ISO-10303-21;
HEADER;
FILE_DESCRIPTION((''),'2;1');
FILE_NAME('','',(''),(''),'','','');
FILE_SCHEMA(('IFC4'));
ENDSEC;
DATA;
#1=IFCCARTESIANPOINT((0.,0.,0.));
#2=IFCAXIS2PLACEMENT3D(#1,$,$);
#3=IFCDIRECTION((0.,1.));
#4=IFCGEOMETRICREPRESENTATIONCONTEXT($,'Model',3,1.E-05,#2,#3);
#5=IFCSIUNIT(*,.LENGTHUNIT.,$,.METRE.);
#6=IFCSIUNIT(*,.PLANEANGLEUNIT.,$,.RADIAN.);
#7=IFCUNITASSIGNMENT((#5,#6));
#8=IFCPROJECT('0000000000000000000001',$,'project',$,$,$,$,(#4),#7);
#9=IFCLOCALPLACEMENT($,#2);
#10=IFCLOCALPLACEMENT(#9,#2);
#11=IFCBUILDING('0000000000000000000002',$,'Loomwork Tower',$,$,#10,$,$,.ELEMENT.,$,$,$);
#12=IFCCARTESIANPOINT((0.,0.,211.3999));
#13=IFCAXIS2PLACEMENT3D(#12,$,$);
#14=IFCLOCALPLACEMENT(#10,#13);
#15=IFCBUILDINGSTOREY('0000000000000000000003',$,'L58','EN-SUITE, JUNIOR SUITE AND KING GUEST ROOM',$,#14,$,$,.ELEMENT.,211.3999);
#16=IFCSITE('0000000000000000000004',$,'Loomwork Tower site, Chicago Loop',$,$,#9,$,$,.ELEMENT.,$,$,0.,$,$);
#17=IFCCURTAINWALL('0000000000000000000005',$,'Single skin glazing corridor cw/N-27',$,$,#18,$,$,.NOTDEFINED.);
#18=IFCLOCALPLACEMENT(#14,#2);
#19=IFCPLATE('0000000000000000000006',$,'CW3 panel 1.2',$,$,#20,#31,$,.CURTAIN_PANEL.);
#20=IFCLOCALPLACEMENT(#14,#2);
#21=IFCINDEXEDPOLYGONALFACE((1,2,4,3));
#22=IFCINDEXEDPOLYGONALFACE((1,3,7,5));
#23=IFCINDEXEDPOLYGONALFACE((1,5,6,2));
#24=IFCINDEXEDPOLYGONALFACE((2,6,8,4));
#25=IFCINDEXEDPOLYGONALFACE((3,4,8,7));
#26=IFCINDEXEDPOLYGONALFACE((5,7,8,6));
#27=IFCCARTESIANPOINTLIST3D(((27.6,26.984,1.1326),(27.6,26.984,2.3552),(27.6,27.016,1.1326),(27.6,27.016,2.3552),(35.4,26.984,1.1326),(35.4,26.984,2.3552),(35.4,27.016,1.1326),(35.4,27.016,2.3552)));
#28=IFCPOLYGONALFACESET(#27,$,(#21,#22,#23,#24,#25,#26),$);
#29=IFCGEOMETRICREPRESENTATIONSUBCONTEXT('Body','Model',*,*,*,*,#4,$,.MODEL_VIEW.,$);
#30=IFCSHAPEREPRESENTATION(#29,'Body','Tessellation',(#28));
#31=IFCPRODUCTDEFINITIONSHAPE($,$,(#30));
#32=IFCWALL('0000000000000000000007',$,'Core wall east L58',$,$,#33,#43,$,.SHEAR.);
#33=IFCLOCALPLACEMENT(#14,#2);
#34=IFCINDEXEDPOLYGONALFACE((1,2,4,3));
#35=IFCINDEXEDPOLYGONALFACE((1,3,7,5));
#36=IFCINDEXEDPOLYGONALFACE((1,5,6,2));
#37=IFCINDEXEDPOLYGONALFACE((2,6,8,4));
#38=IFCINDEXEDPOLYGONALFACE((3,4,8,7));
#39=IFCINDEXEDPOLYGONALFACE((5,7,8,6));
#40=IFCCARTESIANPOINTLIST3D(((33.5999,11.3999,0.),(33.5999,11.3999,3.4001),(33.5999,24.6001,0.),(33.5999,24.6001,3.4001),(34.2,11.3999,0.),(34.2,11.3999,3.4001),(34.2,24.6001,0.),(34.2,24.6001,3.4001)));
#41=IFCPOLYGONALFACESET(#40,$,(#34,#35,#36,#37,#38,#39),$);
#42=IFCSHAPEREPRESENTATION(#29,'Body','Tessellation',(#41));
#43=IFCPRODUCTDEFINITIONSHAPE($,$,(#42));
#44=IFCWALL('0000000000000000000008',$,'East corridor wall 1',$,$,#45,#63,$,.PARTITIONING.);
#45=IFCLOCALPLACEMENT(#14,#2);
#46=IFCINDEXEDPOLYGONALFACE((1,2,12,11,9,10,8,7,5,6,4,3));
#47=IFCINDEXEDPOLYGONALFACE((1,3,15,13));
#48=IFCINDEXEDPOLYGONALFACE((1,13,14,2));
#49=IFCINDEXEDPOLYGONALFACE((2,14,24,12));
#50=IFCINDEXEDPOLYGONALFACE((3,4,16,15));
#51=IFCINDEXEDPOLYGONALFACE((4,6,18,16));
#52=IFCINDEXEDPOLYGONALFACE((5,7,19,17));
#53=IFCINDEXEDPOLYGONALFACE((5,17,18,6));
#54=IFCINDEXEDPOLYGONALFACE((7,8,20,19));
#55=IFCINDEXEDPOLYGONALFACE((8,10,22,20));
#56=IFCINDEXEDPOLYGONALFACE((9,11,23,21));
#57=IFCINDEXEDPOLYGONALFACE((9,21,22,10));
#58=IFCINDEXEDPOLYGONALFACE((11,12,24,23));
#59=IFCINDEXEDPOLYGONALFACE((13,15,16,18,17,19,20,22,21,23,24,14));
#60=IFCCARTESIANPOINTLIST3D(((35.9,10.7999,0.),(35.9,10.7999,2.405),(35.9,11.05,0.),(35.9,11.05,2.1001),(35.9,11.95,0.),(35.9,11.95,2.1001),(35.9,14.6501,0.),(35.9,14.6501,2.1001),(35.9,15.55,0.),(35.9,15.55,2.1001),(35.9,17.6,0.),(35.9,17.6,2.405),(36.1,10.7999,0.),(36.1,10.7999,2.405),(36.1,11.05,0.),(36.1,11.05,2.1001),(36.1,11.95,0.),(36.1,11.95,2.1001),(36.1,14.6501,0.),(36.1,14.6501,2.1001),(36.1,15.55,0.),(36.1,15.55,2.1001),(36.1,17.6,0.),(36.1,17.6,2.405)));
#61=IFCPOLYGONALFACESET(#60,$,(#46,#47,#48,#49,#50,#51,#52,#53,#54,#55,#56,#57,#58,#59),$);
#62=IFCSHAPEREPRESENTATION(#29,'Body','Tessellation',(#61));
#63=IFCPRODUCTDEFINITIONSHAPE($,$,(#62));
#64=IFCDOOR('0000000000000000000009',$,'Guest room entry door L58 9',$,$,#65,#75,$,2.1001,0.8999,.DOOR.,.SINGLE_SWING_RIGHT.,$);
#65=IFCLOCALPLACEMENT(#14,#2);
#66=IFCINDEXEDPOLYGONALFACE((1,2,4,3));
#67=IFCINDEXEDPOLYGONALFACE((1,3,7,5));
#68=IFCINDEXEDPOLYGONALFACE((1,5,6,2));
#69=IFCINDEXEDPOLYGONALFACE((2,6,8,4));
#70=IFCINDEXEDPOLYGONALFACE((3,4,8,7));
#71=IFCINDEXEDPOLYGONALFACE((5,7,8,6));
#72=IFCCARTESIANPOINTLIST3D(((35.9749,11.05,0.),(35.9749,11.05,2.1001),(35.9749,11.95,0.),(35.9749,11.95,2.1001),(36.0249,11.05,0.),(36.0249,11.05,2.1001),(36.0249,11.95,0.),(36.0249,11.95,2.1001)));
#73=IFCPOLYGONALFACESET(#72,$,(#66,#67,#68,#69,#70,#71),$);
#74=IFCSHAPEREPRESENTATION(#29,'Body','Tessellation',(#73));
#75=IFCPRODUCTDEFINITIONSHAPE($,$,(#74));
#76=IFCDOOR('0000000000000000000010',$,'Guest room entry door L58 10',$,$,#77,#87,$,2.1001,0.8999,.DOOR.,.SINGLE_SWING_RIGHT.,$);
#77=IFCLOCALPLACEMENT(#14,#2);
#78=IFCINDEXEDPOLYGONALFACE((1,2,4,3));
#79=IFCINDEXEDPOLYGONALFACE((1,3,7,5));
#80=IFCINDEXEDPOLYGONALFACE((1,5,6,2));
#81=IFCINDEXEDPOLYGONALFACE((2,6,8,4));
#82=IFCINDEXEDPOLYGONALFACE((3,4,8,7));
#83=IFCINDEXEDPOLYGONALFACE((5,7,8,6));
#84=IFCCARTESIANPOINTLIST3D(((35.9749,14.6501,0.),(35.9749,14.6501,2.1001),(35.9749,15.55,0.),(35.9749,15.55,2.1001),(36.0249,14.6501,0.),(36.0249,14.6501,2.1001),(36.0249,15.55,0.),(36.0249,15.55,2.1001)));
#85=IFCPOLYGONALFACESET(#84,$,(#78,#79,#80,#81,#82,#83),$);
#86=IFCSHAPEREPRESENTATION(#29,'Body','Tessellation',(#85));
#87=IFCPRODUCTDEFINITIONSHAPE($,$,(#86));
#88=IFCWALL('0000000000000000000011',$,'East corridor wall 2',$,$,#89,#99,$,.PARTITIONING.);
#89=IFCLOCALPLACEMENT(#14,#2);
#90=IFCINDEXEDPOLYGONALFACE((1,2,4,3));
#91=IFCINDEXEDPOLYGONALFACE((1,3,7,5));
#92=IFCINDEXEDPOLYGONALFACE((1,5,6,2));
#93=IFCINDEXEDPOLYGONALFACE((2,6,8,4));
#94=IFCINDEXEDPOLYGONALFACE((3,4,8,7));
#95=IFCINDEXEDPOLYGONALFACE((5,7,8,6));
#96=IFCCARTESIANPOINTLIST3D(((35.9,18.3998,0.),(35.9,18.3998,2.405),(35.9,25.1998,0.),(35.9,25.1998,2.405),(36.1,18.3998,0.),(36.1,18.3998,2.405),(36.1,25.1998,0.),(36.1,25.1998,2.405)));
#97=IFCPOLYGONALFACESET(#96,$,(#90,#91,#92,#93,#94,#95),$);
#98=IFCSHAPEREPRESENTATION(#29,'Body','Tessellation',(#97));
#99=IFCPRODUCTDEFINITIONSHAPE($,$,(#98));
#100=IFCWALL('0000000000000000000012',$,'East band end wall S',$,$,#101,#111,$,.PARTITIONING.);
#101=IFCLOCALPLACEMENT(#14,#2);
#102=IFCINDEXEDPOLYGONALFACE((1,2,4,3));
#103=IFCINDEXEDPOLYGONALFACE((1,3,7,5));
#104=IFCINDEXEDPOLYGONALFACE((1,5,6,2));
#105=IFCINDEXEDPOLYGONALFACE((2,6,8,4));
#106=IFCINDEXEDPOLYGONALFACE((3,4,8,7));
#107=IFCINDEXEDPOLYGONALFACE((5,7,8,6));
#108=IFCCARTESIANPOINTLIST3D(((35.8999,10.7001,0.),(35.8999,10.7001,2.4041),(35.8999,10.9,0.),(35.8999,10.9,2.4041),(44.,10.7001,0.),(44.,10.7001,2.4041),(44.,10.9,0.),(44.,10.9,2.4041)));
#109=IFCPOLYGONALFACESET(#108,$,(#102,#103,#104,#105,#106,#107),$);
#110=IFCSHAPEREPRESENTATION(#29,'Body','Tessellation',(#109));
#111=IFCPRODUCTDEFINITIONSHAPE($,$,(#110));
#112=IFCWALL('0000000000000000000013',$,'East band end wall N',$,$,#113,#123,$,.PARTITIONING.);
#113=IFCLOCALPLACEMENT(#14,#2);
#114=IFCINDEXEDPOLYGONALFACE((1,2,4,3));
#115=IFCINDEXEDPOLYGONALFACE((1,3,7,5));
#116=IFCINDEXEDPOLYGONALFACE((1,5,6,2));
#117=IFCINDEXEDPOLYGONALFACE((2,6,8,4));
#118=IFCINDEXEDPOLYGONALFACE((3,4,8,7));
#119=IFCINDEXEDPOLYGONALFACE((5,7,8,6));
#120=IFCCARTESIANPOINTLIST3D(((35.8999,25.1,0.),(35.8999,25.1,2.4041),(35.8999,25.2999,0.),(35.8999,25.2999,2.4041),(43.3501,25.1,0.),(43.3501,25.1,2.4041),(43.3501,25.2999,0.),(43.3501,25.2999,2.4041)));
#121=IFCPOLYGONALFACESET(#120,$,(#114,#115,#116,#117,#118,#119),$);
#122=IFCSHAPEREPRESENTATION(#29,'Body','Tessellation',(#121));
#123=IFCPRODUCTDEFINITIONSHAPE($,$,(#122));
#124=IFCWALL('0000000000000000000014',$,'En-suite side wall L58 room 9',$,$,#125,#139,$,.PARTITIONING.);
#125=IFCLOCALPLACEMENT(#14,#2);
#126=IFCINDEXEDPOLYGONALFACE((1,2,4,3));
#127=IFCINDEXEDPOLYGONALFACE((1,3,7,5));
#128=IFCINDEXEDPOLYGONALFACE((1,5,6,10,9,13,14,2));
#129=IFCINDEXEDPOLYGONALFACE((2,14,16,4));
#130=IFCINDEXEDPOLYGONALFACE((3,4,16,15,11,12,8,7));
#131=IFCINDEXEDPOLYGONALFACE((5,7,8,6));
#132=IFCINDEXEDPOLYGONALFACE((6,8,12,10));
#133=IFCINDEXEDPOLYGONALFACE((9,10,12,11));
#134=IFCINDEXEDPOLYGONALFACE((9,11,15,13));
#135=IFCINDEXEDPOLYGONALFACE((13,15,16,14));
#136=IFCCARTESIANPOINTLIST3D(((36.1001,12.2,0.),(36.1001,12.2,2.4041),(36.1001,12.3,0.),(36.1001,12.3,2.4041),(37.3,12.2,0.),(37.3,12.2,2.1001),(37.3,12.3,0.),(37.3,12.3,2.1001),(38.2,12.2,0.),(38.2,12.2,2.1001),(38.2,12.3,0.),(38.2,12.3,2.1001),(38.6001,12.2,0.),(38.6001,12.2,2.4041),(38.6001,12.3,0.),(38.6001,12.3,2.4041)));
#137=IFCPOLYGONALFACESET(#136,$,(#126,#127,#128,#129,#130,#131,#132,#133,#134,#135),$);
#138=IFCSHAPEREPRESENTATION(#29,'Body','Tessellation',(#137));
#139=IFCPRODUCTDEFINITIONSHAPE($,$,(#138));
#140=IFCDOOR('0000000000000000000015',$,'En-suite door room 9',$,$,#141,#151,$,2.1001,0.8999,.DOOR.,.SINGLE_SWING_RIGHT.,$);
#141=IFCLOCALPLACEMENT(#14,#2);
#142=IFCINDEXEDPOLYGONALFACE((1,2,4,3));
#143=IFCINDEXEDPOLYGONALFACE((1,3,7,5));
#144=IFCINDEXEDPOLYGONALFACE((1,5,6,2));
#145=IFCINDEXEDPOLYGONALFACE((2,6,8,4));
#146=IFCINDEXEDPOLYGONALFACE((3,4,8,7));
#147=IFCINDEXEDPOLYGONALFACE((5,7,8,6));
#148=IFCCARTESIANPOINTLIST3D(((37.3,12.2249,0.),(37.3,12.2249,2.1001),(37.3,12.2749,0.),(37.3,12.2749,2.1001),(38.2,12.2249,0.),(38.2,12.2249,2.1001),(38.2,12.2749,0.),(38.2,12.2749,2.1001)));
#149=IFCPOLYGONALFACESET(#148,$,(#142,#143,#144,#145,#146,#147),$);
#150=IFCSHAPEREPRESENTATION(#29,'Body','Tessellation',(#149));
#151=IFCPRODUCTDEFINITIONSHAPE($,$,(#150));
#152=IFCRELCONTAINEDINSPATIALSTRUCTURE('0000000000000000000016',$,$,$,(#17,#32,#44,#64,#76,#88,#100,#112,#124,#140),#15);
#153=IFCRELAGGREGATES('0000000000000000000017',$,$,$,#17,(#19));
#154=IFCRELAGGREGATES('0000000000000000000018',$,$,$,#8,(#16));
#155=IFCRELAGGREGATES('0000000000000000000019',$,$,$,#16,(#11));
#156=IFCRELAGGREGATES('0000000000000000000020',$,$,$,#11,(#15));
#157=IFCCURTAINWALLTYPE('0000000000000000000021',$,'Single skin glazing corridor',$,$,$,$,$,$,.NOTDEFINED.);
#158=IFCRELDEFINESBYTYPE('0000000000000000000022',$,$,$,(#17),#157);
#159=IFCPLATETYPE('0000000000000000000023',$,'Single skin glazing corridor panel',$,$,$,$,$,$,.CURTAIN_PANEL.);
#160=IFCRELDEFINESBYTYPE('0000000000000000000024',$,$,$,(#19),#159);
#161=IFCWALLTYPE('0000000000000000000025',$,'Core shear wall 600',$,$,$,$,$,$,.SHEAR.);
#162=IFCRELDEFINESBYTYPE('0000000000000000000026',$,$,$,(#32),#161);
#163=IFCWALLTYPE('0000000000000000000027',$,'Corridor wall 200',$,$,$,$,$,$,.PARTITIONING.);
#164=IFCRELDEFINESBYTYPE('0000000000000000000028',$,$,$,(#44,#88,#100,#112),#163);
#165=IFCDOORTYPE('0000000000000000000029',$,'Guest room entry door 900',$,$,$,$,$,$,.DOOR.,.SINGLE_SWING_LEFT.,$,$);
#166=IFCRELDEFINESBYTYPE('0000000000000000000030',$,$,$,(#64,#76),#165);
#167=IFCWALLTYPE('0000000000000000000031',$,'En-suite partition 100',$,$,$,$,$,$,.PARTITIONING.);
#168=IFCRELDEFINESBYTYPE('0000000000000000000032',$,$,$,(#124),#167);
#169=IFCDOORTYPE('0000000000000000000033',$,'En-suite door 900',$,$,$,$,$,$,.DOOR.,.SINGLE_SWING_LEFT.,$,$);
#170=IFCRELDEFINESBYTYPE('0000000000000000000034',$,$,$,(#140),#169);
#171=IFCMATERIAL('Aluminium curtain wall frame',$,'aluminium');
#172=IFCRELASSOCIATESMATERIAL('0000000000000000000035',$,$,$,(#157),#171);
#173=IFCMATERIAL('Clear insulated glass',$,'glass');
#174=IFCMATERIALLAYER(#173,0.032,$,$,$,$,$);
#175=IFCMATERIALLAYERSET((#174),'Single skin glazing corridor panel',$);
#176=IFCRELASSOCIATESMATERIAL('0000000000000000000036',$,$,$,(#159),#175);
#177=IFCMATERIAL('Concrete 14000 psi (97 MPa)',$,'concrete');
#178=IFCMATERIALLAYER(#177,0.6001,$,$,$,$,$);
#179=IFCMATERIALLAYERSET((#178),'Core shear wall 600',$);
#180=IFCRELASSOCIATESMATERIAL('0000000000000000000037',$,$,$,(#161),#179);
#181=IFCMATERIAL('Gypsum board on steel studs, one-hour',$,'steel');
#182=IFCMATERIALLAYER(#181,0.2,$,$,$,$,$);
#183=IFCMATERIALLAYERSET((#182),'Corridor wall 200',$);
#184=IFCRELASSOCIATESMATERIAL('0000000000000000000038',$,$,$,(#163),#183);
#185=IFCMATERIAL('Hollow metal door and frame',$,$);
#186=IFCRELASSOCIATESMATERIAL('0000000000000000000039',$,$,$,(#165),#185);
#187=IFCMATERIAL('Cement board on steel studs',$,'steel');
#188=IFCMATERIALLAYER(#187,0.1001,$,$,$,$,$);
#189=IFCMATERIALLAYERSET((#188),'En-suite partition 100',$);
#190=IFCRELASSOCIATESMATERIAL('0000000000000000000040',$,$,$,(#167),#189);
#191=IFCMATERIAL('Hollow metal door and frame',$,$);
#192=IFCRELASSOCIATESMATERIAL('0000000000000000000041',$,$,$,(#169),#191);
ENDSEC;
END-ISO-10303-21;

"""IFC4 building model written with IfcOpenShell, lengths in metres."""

from ifc_helpers import new_model, si_unit, direction, frame, frame_2d, origin, origin_2d, place, context, subcontext, project, spatial, rectangle, extrude, material, layer, layer_set, type_object, element, fill, aggregate, save


model = new_model("IFC4")

# Units and contexts
model_context = context("Model", 3, precision=1e-05, world=origin(), true_north=direction((0.0, 1.0)))
body_context = subcontext(model_context, "Body", "Model", "MODEL_VIEW")
ifc_project = project(units=[si_unit("LENGTHUNIT", "METRE"), si_unit("PLANEANGLEUNIT", "RADIAN")], contexts=[model_context])

# Site, building, storey
site_placement = place(None, origin())
site = spatial("IfcSite", under=ifc_project, at=site_placement, Name="Loomwork Tower site, Chicago Loop", CompositionType="ELEMENT", RefElevation=0.0)
building_placement = place(site_placement, origin())
building = spatial("IfcBuilding", under=site, at=building_placement, Name="Loomwork Tower", CompositionType="ELEMENT")
storey_placement = place(building_placement, frame((0.0, 0.0, 211.3999)))
storey = spatial("IfcBuildingStorey", under=building, at=storey_placement, Name="L58", Description="EN-SUITE, JUNIOR SUITE AND KING GUEST ROOM", CompositionType="ELEMENT", Elevation=211.3999)

# Curtain wall, plate
ifc_material_1 = material(Name="Aluminium curtain wall frame", Category="aluminium")
curtain_wall_type = type_object("IfcCurtainWallType", Name="Single skin glazing corridor", PredefinedType="NOTDEFINED", material=ifc_material_1)
curtain_wall_placement = place(storey_placement, origin())
curtain_wall = element("IfcCurtainWall", 1, at=curtain_wall_placement, inside=storey, type_object=curtain_wall_type, Name="Single skin glazing corridor cw/N-27", PredefinedType="NOTDEFINED")
ifc_material_2 = material(Name="Clear insulated glass", Category="glass")
ifc_layer_1 = layer(ifc_material_2, 0.032)
ifc_layer_set_1 = layer_set([ifc_layer_1], Name="Single skin glazing corridor panel")
plate_type = type_object("IfcPlateType", Name="Single skin glazing corridor panel", PredefinedType="CURTAIN_PANEL", material=ifc_layer_set_1)
plate_placement = place(storey_placement, frame((31.5, 27.0, 1.1326), z_axis=(0.0, 0.0, 1.0), x_axis=(-1.0, 0.0, 0.0)))
plate = element("IfcPlate", 2, at=plate_placement, type_object=plate_type, Name="CW3 panel 1.2", PredefinedType="CURTAIN_PANEL", context=body_context, shape_type="SweptSolid", body=[
    extrude(rectangle(XDim=7.8, YDim=0.032, at=origin_2d()), origin(), (0.0, 0.0, 1.0), 1.2227),
])
aggregate(curtain_wall, [plate])

# Wall
ifc_material_3 = material(Name="Concrete 14000 psi (97 MPa)", Category="concrete")
ifc_layer_2 = layer(ifc_material_3, 0.6001)
ifc_layer_set_2 = layer_set([ifc_layer_2], Name="Core shear wall 600")
wall_type_1 = type_object("IfcWallType", Name="Core shear wall 600", PredefinedType="SHEAR", material=ifc_layer_set_2)
wall_1_placement = place(storey_placement, frame((33.8999, 11.3999, 0.0), z_axis=(0.0, 0.0, 1.0), x_axis=(0.0, 1.0, 0.0)))
element("IfcWall", 3, at=wall_1_placement, inside=storey, type_object=wall_type_1, Name="Core wall east L58", PredefinedType="SHEAR", context=body_context, shape_type="SweptSolid", body=[
    extrude(rectangle(XDim=13.2002, YDim=0.6001, at=frame_2d((6.6001, 0.0))), origin(), (0.0, 0.0, 1.0), 3.4001),
])

# Wall, openings, doors
ifc_material_4 = material(Name="Gypsum board on steel studs, one-hour", Category="steel")
ifc_layer_3 = layer(ifc_material_4, 0.2)
ifc_layer_set_3 = layer_set([ifc_layer_3], Name="Corridor wall 200")
wall_type_2 = type_object("IfcWallType", Name="Corridor wall 200", PredefinedType="PARTITIONING", material=ifc_layer_set_3)
wall_2_placement = place(storey_placement, frame((36.0, 10.8, 0.0), z_axis=(0.0, 0.0, 1.0), x_axis=(0.0, 1.0, 0.0)))
wall_2 = element("IfcWall", 4, at=wall_2_placement, inside=storey, type_object=wall_type_2, Name="East corridor wall 1", PredefinedType="PARTITIONING", context=body_context, shape_type="SweptSolid", body=[
    extrude(rectangle(XDim=6.8, YDim=0.2, at=frame_2d((3.3999, 0.0))), origin(), (0.0, 0.0, 1.0), 2.405),
])
opening_1_placement = place(wall_2_placement, frame((0.25, 0.0, 0.0)))
opening_1 = element("IfcOpeningElement", 5, at=opening_1_placement, cuts=wall_2, PredefinedType="OPENING", context=body_context, shape_type="SweptSolid", body=[
    extrude(rectangle(XDim=0.8999, YDim=2.1001, at=frame_2d((0.45, 1.05))), frame((0.0, 0.1099, 0.0), z_axis=(0.0, -1.0, 0.0), x_axis=(1.0, 0.0, 0.0)), (0.0, 0.0, 1.0), 0.22),
])
opening_2_placement = place(wall_2_placement, frame((3.8501, 0.0, 0.0)))
opening_2 = element("IfcOpeningElement", 6, at=opening_2_placement, cuts=wall_2, PredefinedType="OPENING", context=body_context, shape_type="SweptSolid", body=[
    extrude(rectangle(XDim=0.8999, YDim=2.1001, at=frame_2d((0.45, 1.05))), frame((0.0, 0.1099, 0.0), z_axis=(0.0, -1.0, 0.0), x_axis=(1.0, 0.0, 0.0)), (0.0, 0.0, 1.0), 0.22),
])
ifc_material_5 = material(Name="Hollow metal door and frame")
door_type_1 = type_object("IfcDoorType", Name="Guest room entry door 900", OperationType="SINGLE_SWING_LEFT", PredefinedType="DOOR", material=ifc_material_5)
door_1_placement = place(opening_1_placement, frame((0.8999, 0.0, 0.0), z_axis=(0.0, 0.0, 1.0), x_axis=(-1.0, 0.0, 0.0)))
door_1 = element("IfcDoor", 7, at=door_1_placement, inside=storey, type_object=door_type_1, Name="Guest room entry door L58 9", OperationType="SINGLE_SWING_RIGHT", OverallHeight=2.1001, OverallWidth=0.8999, PredefinedType="DOOR", context=body_context, shape_type="SweptSolid", body=[
    extrude(rectangle(XDim=0.8999, YDim=2.1001, at=frame_2d((0.45, 1.05))), frame((0.0, 0.0249, 0.0), z_axis=(0.0, -1.0, 0.0), x_axis=(1.0, 0.0, 0.0)), (0.0, 0.0, 1.0), 0.05),
])
fill(opening_1, door_1)
door_2_placement = place(opening_2_placement, frame((0.8999, 0.0, 0.0), z_axis=(0.0, 0.0, 1.0), x_axis=(-1.0, 0.0, 0.0)))
door_2 = element("IfcDoor", 8, at=door_2_placement, inside=storey, type_object=door_type_1, Name="Guest room entry door L58 10", OperationType="SINGLE_SWING_RIGHT", OverallHeight=2.1001, OverallWidth=0.8999, PredefinedType="DOOR", context=body_context, shape_type="SweptSolid", body=[
    extrude(rectangle(XDim=0.8999, YDim=2.1001, at=frame_2d((0.45, 1.05))), frame((0.0, 0.0249, 0.0), z_axis=(0.0, -1.0, 0.0), x_axis=(1.0, 0.0, 0.0)), (0.0, 0.0, 1.0), 0.05),
])
fill(opening_2, door_2)

# Walls
wall_3_placement = place(storey_placement, frame((36.0, 18.3999, 0.0), z_axis=(0.0, 0.0, 1.0), x_axis=(0.0, 1.0, 0.0)))
element("IfcWall", 9, at=wall_3_placement, inside=storey, type_object=wall_type_2, Name="East corridor wall 2", PredefinedType="PARTITIONING", context=body_context, shape_type="SweptSolid", body=[
    extrude(rectangle(XDim=6.8, YDim=0.2, at=frame_2d((3.3999, 0.0))), origin(), (0.0, 0.0, 1.0), 2.405),
])
wall_4_placement = place(storey_placement, frame((35.8999, 10.8, 0.0), z_axis=(0.0, 0.0, 1.0), x_axis=(1.0, 0.0, 0.0)))
element("IfcWall", 10, at=wall_4_placement, inside=storey, type_object=wall_type_2, Name="East band end wall S", PredefinedType="PARTITIONING", context=body_context, shape_type="SweptSolid", body=[
    extrude(rectangle(XDim=8.1001, YDim=0.2, at=frame_2d((4.05, 0.0))), origin(), (0.0, 0.0, 1.0), 2.4041),
])
wall_5_placement = place(storey_placement, frame((35.8999, 25.2, 0.0), z_axis=(0.0, 0.0, 1.0), x_axis=(1.0, 0.0, 0.0)))
element("IfcWall", 11, at=wall_5_placement, inside=storey, type_object=wall_type_2, Name="East band end wall N", PredefinedType="PARTITIONING", context=body_context, shape_type="SweptSolid", body=[
    extrude(rectangle(XDim=7.4502, YDim=0.2, at=frame_2d((3.7251, 0.0))), origin(), (0.0, 0.0, 1.0), 2.4041),
])

# Wall, opening, door
ifc_material_6 = material(Name="Cement board on steel studs", Category="steel")
ifc_layer_4 = layer(ifc_material_6, 0.1001)
ifc_layer_set_4 = layer_set([ifc_layer_4], Name="En-suite partition 100")
wall_type_3 = type_object("IfcWallType", Name="En-suite partition 100", PredefinedType="PARTITIONING", material=ifc_layer_set_4)
wall_6_placement = place(storey_placement, frame((36.1001, 12.25, 0.0), z_axis=(0.0, 0.0, 1.0), x_axis=(1.0, 0.0, 0.0)))
wall_6 = element("IfcWall", 12, at=wall_6_placement, inside=storey, type_object=wall_type_3, Name="En-suite side wall L58 room 9", PredefinedType="PARTITIONING", context=body_context, shape_type="SweptSolid", body=[
    extrude(rectangle(XDim=2.5, YDim=0.1001, at=frame_2d((1.25, 0.0))), origin(), (0.0, 0.0, 1.0), 2.4041),
])
opening_3_placement = place(wall_6_placement, frame((1.2, 0.0, 0.0)))
opening_3 = element("IfcOpeningElement", 13, at=opening_3_placement, cuts=wall_6, PredefinedType="OPENING", context=body_context, shape_type="SweptSolid", body=[
    extrude(rectangle(XDim=0.8999, YDim=2.1001, at=frame_2d((0.45, 1.05))), frame((0.0, 0.0601, 0.0), z_axis=(0.0, -1.0, 0.0), x_axis=(1.0, 0.0, 0.0)), (0.0, 0.0, 1.0), 0.1201),
])
ifc_material_7 = material(Name="Hollow metal door and frame")
door_type_2 = type_object("IfcDoorType", Name="En-suite door 900", OperationType="SINGLE_SWING_LEFT", PredefinedType="DOOR", material=ifc_material_7)
door_3_placement = place(opening_3_placement, origin())
door_3 = element("IfcDoor", 14, at=door_3_placement, inside=storey, type_object=door_type_2, Name="En-suite door room 9", OperationType="SINGLE_SWING_RIGHT", OverallHeight=2.1001, OverallWidth=0.8999, PredefinedType="DOOR", context=body_context, shape_type="SweptSolid", body=[
    extrude(rectangle(XDim=0.8999, YDim=2.1001, at=frame_2d((0.45, 1.05))), frame((0.0, 0.0249, 0.0), z_axis=(0.0, -1.0, 0.0), x_axis=(1.0, 0.0, 0.0)), (0.0, 0.0, 1.0), 0.05),
])
fill(opening_3, door_3)

save(model, "model.ifc")
